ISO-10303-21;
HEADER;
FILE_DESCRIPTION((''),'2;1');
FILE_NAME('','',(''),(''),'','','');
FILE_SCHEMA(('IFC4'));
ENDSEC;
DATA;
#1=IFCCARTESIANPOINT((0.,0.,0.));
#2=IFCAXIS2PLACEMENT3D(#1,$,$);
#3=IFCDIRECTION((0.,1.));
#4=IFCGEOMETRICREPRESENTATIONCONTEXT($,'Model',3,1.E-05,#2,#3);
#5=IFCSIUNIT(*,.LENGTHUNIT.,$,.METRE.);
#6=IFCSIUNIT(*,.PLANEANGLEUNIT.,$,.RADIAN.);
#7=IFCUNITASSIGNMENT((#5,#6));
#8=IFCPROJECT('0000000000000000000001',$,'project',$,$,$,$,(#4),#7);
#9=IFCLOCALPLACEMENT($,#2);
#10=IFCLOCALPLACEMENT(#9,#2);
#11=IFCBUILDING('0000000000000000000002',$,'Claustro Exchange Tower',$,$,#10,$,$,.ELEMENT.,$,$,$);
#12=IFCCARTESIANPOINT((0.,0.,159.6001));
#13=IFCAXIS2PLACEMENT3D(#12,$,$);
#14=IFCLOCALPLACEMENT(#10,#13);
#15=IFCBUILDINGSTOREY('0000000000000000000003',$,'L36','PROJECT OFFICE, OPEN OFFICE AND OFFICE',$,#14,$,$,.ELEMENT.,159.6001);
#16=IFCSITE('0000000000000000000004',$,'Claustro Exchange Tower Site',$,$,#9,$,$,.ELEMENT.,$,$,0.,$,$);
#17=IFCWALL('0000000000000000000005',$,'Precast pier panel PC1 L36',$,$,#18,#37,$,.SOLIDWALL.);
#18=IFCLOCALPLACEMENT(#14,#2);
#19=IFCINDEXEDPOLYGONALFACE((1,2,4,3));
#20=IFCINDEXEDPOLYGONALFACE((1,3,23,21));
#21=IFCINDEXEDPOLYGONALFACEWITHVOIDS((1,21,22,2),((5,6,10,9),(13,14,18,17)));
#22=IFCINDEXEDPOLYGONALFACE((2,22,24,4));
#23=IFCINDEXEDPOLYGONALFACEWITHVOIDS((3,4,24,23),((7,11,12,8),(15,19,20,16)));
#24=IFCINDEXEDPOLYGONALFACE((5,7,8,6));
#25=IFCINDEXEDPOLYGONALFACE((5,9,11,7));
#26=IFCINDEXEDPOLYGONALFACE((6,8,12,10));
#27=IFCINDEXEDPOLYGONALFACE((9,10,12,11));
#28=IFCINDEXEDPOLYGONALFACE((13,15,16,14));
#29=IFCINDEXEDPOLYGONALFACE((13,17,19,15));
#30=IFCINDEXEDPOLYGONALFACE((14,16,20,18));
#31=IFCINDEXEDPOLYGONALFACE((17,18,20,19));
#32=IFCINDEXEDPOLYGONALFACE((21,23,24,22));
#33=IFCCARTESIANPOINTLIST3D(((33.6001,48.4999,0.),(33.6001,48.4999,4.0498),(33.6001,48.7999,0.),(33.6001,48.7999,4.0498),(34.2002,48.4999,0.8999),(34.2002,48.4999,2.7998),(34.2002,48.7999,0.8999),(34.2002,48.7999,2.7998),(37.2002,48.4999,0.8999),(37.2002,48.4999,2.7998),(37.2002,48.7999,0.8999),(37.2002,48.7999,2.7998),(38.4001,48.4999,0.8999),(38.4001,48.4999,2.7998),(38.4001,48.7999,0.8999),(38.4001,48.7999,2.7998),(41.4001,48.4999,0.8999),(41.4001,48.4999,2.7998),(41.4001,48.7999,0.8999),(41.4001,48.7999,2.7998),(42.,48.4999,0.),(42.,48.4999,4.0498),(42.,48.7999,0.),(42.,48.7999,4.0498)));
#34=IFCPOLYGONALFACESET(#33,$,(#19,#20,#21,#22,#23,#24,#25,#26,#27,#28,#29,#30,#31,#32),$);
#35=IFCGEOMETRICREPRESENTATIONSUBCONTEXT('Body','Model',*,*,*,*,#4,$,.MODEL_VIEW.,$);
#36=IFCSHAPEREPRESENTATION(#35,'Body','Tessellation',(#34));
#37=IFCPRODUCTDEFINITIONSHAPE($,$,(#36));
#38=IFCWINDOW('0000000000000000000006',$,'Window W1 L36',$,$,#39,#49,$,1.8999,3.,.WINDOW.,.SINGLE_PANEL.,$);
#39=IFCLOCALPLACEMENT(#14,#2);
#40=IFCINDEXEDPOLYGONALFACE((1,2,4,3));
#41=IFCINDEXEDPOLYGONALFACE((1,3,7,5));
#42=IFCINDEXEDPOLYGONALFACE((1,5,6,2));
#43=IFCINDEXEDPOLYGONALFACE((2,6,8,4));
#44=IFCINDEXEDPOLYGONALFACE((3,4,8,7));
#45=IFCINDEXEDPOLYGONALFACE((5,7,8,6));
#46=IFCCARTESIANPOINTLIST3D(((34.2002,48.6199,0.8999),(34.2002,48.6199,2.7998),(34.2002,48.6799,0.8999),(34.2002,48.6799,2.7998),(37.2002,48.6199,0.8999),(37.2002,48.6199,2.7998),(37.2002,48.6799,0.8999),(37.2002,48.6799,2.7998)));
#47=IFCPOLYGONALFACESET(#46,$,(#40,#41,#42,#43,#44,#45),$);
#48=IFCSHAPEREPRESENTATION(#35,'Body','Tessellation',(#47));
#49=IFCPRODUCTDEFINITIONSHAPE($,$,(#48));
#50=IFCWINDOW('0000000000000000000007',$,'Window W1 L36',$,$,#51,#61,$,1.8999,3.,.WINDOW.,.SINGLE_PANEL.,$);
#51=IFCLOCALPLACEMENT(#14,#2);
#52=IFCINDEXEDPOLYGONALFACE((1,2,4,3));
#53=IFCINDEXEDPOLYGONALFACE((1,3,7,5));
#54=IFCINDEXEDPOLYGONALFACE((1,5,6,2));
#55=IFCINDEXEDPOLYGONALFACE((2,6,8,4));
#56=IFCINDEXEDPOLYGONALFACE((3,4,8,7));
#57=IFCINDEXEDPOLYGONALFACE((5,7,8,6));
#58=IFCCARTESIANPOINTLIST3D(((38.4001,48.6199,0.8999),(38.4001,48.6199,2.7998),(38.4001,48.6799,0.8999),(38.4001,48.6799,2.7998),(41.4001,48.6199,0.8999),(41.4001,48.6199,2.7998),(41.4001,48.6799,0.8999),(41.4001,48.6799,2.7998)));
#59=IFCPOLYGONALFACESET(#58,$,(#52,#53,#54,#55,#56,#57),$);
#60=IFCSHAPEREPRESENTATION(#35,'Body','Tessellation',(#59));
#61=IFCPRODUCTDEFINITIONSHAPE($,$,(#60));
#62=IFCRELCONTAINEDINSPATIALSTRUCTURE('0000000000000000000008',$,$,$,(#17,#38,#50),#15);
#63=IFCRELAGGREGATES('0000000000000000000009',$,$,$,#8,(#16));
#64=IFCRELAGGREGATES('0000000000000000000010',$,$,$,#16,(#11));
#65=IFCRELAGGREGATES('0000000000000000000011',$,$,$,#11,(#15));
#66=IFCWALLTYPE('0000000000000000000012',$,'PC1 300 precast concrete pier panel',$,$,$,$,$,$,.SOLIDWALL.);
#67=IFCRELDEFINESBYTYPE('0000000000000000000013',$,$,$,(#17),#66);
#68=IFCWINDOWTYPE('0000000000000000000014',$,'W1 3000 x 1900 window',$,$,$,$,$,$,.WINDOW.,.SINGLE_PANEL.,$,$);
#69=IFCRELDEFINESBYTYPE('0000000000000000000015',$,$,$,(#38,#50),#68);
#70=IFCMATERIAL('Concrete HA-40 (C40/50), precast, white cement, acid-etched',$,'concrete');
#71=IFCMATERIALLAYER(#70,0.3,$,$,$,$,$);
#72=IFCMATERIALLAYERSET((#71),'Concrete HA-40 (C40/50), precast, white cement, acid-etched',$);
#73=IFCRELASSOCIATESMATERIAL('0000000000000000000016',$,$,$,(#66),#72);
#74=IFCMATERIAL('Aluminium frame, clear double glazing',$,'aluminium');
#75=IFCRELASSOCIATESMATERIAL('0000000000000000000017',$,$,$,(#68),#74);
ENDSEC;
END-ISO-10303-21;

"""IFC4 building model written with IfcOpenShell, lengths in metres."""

from ifc_helpers import new_model, si_unit, direction, frame, frame_2d, origin, place, context, subcontext, project, spatial, rectangle, extrude, material, layer, layer_set, type_object, element, fill, save


model = new_model("IFC4")

# Units and contexts
model_context = context("Model", 3, precision=1e-05, world=origin(), true_north=direction((0.0, 1.0)))
body_context = subcontext(model_context, "Body", "Model", "MODEL_VIEW")
ifc_project = project(units=[si_unit("LENGTHUNIT", "METRE"), si_unit("PLANEANGLEUNIT", "RADIAN")], contexts=[model_context])

# Site, building, storey
site_placement = place(None, origin())
site = spatial("IfcSite", under=ifc_project, at=site_placement, Name="Claustro Exchange Tower Site", CompositionType="ELEMENT", RefElevation=0.0)
building_placement = place(site_placement, origin())
building = spatial("IfcBuilding", under=site, at=building_placement, Name="Claustro Exchange Tower", CompositionType="ELEMENT")
storey_placement = place(building_placement, frame((0.0, 0.0, 159.6001)))
storey = spatial("IfcBuildingStorey", under=building, at=storey_placement, Name="L36", Description="PROJECT OFFICE, OPEN OFFICE AND OFFICE", CompositionType="ELEMENT", Elevation=159.6001)

# Wall, openings, windows
ifc_material_1 = material(Name="Concrete HA-40 (C40/50), precast, white cement, acid-etched", Category="concrete")
ifc_layer_1 = layer(ifc_material_1, 0.3)
ifc_layer_set_1 = layer_set([ifc_layer_1], Name="Concrete HA-40 (C40/50), precast, white cement, acid-etched")
wall_type_1 = type_object("IfcWallType", Name="PC1 300 precast concrete pier panel", PredefinedType="SOLIDWALL", material=ifc_layer_set_1)
ifc_material_2 = material(Name="Aluminium frame, clear double glazing", Category="aluminium")
window_type = type_object("IfcWindowType", Name="W1 3000 x 1900 window", PartitioningType="SINGLE_PANEL", PredefinedType="WINDOW", material=ifc_material_2)
wall_1_placement = place(storey_placement, frame((33.6001, 48.6499, 0.0), z_axis=(0.0, 0.0, 1.0), x_axis=(1.0, 0.0, 0.0)))
wall_1 = element("IfcWall", 1, at=wall_1_placement, inside=storey, type_object=wall_type_1, Name="Precast pier panel PC1 L36", PredefinedType="SOLIDWALL", context=body_context, shape_type="SweptSolid", body=[
    extrude(rectangle(XDim=8.3999, YDim=0.3, at=frame_2d((4.2, 0.0))), origin(), (0.0, 0.0, 1.0), 4.0498),
])
opening_1_placement = place(wall_1_placement, frame((0.6001, 0.0, 0.8999)))
opening_1 = element("IfcOpeningElement", 2, at=opening_1_placement, cuts=wall_1, PredefinedType="OPENING", context=body_context, shape_type="SweptSolid", body=[
    extrude(rectangle(XDim=3.0, YDim=1.8999, at=frame_2d((1.5, 0.95))), frame((0.0, 0.1599, 0.0), z_axis=(0.0, -1.0, 0.0), x_axis=(1.0, 0.0, 0.0)), (0.0, 0.0, 1.0), 0.3201),
])
opening_2_placement = place(wall_1_placement, frame((4.8, 0.0, 0.8999)))
opening_2 = element("IfcOpeningElement", 3, at=opening_2_placement, cuts=wall_1, PredefinedType="OPENING", context=body_context, shape_type="SweptSolid", body=[
    extrude(rectangle(XDim=3.0, YDim=1.8999, at=frame_2d((1.5, 0.95))), frame((0.0, 0.1599, 0.0), z_axis=(0.0, -1.0, 0.0), x_axis=(1.0, 0.0, 0.0)), (0.0, 0.0, 1.0), 0.3201),
])
window_1_placement = place(opening_1_placement, origin())
window_1 = element("IfcWindow", 4, at=window_1_placement, inside=storey, type_object=window_type, Name="Window W1 L36", OverallHeight=1.8999, OverallWidth=3.0, PartitioningType="SINGLE_PANEL", PredefinedType="WINDOW", context=body_context, shape_type="SweptSolid", body=[
    extrude(rectangle(XDim=3.0, YDim=1.8999, at=frame_2d((1.5, 0.95))), frame((0.0, 0.03, 0.0), z_axis=(0.0, -1.0, 0.0), x_axis=(1.0, 0.0, 0.0)), (0.0, 0.0, 1.0), 0.0601),
])
fill(opening_1, window_1)
window_2_placement = place(opening_2_placement, origin())
window_2 = element("IfcWindow", 5, at=window_2_placement, inside=storey, type_object=window_type, Name="Window W1 L36", OverallHeight=1.8999, OverallWidth=3.0, PartitioningType="SINGLE_PANEL", PredefinedType="WINDOW", context=body_context, shape_type="SweptSolid", body=[
    extrude(rectangle(XDim=3.0, YDim=1.8999, at=frame_2d((1.5, 0.95))), frame((0.0, 0.03, 0.0), z_axis=(0.0, -1.0, 0.0), x_axis=(1.0, 0.0, 0.0)), (0.0, 0.0, 1.0), 0.0601),
])
fill(opening_2, window_2)

save(model, "model.ifc")
